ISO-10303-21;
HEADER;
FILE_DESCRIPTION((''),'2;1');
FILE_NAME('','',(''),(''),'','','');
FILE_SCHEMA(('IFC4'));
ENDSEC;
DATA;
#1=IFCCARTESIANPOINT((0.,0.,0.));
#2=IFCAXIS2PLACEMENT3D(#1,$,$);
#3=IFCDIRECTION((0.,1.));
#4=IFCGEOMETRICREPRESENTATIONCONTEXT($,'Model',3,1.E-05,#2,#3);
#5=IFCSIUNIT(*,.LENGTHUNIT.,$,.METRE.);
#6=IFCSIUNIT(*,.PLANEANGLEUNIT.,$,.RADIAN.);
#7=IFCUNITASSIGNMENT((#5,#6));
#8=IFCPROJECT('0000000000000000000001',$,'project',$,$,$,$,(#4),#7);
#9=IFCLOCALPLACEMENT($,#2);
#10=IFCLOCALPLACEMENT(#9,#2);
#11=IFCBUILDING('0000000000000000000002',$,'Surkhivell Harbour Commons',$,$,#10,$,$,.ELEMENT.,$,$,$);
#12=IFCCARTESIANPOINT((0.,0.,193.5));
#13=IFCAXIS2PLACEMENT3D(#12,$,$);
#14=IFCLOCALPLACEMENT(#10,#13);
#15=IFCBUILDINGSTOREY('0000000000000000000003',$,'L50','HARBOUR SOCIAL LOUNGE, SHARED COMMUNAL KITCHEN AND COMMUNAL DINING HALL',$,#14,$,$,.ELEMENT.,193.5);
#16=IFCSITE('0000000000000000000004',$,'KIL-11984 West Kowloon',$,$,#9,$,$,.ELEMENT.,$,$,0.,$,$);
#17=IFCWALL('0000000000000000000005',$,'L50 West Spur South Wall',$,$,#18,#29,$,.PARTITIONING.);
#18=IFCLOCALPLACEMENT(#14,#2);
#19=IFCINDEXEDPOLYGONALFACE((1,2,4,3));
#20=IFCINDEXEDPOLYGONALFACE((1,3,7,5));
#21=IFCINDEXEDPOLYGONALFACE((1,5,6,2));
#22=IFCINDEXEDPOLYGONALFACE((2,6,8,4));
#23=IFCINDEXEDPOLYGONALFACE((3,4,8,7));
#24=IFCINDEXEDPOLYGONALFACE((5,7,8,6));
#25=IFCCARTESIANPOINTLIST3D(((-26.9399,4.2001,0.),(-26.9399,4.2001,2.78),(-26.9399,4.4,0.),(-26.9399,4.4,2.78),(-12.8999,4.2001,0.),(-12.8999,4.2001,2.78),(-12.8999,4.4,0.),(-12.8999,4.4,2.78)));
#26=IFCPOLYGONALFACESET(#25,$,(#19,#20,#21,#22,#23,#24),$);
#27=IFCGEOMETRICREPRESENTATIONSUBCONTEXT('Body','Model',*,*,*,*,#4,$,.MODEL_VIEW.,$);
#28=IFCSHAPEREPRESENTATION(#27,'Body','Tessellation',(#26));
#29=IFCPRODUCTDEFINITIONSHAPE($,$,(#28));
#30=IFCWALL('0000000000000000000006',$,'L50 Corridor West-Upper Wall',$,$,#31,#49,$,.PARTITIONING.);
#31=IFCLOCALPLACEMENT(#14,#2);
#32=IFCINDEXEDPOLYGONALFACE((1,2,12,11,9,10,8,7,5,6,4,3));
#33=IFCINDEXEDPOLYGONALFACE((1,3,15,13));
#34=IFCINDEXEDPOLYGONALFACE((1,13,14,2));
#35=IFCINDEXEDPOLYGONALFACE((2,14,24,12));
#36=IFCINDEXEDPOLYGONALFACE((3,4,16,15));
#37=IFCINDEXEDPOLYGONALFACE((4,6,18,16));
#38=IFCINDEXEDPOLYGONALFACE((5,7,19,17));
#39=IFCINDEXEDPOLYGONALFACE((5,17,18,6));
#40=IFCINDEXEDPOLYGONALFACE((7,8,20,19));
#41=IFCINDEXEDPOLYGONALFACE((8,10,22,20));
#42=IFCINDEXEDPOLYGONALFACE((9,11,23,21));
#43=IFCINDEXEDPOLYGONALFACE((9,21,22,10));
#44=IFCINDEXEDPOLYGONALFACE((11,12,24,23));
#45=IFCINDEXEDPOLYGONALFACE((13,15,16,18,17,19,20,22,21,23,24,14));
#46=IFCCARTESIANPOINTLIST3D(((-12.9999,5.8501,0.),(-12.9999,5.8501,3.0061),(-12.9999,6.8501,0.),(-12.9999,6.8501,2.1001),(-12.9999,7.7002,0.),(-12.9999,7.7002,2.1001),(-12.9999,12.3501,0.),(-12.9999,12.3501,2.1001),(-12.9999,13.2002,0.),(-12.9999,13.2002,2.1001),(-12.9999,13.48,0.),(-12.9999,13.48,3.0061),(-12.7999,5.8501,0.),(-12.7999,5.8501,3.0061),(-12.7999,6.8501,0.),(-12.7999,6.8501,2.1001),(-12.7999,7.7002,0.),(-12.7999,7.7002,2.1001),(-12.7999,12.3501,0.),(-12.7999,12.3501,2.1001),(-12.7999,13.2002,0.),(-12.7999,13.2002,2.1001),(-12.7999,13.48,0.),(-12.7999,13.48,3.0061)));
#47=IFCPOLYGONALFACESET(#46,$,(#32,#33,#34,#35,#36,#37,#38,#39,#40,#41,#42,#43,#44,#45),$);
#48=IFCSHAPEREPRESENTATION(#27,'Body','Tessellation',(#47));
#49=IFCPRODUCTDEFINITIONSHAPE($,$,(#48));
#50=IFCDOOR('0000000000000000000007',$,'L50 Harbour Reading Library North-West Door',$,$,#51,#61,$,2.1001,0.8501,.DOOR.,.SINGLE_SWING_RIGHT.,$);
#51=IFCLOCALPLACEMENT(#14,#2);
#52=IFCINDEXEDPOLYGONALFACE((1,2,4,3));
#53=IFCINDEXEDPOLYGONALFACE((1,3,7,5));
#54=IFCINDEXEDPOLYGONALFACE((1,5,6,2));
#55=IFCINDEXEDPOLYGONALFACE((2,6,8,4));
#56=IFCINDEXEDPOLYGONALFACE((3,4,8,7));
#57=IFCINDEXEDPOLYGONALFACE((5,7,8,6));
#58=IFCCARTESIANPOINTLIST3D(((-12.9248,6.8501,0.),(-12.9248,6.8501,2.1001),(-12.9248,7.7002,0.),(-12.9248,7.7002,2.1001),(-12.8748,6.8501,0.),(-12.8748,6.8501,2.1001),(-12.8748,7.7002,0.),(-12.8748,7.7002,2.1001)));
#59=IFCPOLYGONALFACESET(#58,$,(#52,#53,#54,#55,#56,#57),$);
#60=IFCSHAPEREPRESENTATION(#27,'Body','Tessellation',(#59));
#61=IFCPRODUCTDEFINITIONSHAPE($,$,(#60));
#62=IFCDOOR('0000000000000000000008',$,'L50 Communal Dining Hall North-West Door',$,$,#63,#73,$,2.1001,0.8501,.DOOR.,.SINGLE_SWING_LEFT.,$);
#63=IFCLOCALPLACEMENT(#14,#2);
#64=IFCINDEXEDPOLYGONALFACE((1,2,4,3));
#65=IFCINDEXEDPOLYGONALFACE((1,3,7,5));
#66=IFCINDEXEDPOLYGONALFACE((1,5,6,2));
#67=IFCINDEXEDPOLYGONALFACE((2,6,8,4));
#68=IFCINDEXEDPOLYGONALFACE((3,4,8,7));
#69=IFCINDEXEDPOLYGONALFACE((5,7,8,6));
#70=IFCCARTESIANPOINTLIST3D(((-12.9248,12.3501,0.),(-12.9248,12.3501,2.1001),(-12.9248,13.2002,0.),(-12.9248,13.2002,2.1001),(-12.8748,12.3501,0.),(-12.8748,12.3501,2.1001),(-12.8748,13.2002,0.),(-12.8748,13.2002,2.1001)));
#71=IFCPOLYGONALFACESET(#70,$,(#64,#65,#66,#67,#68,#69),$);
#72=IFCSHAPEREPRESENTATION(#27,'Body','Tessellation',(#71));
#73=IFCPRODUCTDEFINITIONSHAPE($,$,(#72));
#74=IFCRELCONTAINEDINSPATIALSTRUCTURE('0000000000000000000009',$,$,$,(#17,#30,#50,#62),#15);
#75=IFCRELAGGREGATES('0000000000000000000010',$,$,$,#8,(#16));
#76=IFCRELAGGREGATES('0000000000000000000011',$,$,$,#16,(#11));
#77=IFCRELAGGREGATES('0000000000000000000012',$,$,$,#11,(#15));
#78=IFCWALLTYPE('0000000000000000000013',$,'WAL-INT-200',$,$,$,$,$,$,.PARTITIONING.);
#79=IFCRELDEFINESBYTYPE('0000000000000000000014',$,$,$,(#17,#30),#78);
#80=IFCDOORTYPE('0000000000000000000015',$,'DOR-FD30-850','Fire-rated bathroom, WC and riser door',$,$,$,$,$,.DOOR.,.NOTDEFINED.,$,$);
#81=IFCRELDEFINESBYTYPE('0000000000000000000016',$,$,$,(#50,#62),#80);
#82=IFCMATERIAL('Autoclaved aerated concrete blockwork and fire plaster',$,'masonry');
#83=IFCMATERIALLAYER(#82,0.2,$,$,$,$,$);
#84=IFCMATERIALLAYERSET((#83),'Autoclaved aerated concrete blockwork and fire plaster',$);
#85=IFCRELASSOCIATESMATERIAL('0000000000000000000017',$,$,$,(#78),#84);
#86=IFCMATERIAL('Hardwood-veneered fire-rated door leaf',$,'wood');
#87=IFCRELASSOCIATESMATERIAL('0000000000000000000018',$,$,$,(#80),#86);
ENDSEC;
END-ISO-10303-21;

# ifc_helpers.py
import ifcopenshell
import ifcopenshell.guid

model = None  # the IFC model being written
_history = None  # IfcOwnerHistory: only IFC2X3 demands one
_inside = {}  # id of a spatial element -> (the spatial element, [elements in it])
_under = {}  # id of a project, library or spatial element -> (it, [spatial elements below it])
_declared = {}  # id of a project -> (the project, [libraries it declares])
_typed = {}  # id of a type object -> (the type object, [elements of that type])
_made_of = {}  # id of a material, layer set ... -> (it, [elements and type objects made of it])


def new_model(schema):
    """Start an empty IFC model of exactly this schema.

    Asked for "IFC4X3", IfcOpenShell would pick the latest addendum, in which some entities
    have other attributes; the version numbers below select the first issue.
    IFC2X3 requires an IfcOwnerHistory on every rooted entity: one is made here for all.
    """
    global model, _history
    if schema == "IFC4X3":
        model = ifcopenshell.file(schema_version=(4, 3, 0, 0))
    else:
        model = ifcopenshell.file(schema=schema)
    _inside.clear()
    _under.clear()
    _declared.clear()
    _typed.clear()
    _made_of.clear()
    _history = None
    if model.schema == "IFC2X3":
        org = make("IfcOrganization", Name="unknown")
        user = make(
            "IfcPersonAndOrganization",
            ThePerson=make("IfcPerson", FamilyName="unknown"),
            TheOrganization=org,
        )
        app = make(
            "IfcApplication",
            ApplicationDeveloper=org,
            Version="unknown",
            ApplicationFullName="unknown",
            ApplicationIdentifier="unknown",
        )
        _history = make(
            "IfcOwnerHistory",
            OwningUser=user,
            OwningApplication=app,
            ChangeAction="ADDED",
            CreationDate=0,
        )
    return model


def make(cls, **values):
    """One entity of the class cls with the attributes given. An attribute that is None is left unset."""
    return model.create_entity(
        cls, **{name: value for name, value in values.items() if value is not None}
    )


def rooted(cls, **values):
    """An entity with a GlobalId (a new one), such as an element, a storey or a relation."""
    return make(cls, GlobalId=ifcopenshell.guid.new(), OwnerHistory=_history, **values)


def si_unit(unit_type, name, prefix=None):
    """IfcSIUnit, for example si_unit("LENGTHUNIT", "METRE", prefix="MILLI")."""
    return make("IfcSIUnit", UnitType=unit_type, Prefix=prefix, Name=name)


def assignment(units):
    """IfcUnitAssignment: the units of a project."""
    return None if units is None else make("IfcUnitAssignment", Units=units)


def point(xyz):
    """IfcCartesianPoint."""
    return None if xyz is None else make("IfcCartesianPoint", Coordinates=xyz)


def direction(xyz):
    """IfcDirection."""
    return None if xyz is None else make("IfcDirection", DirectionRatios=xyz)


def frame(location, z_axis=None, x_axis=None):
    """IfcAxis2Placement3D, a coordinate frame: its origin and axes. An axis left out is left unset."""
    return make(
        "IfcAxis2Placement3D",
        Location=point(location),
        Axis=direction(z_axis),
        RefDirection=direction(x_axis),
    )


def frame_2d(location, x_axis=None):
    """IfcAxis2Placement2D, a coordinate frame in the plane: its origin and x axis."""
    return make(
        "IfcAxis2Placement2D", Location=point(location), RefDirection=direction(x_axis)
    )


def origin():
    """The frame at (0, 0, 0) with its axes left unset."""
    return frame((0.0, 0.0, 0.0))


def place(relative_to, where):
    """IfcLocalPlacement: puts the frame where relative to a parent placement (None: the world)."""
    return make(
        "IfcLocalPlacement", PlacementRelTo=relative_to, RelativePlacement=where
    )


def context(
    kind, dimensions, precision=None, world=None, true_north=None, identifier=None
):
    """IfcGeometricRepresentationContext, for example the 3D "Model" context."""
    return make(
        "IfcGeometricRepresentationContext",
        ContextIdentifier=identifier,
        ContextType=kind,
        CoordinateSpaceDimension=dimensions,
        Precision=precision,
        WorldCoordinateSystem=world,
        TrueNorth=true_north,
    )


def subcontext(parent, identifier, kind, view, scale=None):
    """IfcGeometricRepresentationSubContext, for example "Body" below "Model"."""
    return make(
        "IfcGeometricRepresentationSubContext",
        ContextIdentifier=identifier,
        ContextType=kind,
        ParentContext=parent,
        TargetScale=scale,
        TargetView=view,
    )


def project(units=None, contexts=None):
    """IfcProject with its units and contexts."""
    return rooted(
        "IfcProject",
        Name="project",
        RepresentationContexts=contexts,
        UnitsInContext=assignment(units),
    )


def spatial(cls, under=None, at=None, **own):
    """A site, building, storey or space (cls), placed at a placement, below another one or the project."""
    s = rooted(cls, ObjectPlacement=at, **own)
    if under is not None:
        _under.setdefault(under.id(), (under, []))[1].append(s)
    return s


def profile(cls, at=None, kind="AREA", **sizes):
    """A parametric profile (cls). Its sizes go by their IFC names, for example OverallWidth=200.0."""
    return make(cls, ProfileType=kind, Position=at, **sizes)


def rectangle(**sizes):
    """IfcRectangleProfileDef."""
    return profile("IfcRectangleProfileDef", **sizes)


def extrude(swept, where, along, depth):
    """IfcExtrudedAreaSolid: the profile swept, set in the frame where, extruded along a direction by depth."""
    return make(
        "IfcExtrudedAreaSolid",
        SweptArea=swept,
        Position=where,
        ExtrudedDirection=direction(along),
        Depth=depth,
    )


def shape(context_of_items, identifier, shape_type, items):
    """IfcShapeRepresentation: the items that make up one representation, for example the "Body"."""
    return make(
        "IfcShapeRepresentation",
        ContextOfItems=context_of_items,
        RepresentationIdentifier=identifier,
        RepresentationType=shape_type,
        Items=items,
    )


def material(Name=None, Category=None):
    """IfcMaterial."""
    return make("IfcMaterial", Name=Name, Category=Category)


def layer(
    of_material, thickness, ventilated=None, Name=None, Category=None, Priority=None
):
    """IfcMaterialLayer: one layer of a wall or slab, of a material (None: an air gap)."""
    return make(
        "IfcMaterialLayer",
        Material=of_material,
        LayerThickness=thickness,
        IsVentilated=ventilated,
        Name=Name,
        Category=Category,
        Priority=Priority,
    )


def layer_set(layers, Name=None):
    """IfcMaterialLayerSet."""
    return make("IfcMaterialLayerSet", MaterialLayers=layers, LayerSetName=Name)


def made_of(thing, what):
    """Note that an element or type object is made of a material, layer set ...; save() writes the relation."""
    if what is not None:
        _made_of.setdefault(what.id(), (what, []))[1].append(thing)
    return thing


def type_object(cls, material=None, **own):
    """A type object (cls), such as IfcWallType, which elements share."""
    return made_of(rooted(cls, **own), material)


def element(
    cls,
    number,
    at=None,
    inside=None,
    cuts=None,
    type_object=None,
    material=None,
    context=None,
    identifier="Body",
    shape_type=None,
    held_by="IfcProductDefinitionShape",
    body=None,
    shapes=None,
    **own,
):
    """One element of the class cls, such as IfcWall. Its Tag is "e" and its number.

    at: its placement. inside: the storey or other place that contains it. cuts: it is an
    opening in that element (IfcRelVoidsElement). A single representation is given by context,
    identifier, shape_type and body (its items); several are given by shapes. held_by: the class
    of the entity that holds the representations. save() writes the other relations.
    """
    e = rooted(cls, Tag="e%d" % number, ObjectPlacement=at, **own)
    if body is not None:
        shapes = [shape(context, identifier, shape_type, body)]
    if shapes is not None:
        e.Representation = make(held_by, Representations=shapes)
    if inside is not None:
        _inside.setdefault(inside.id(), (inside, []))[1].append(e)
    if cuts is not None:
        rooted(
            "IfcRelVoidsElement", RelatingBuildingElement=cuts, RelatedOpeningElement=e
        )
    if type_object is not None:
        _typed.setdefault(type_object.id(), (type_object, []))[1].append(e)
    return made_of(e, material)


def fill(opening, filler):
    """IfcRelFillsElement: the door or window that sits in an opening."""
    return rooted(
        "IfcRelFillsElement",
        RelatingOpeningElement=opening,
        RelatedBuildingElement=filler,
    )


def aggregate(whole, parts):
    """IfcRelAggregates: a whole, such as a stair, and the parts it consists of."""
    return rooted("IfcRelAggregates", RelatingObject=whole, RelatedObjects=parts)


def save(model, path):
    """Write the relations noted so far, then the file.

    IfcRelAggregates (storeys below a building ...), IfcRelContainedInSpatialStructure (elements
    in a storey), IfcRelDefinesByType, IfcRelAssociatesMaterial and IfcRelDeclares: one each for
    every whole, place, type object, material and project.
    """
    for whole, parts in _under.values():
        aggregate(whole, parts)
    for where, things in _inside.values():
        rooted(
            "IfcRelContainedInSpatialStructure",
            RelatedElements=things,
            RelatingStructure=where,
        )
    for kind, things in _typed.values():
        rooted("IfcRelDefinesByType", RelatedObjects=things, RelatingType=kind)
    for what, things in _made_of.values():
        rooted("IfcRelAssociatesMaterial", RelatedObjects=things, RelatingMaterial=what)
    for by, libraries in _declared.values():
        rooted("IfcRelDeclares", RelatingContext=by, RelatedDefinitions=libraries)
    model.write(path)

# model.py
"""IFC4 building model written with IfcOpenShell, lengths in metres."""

from ifc_helpers import new_model, si_unit, direction, frame, frame_2d, origin, place, context, subcontext, project, spatial, rectangle, extrude, material, layer, layer_set, type_object, element, fill, save


model = new_model("IFC4")

# Units and contexts
model_context = context("Model", 3, precision=1e-05, world=origin(), true_north=direction((0.0, 1.0)))
body_context = subcontext(model_context, "Body", "Model", "MODEL_VIEW")
ifc_project = project(units=[si_unit("LENGTHUNIT", "METRE"), si_unit("PLANEANGLEUNIT", "RADIAN")], contexts=[model_context])

# Site, building, storey
site_placement = place(None, origin())
site = spatial("IfcSite", under=ifc_project, at=site_placement, Name="KIL-11984 West Kowloon", CompositionType="ELEMENT", RefElevation=0.0)
building_placement = place(site_placement, origin())
building = spatial("IfcBuilding", under=site, at=building_placement, Name="Surkhivell Harbour Commons", CompositionType="ELEMENT")
storey_placement = place(building_placement, frame((0.0, 0.0, 193.5)))
storey = spatial("IfcBuildingStorey", under=building, at=storey_placement, Name="L50", Description="HARBOUR SOCIAL LOUNGE, SHARED COMMUNAL KITCHEN AND COMMUNAL DINING HALL", CompositionType="ELEMENT", Elevation=193.5)

# Shared definitions
ifc_material_1 = material(Name="Hardwood-veneered fire-rated door leaf", Category="wood")

# Wall
ifc_material_2 = material(Name="Autoclaved aerated concrete blockwork and fire plaster", Category="masonry")
ifc_layer_1 = layer(ifc_material_2, 0.2)
ifc_layer_set_1 = layer_set([ifc_layer_1], Name="Autoclaved aerated concrete blockwork and fire plaster")
wall_type_1 = type_object("IfcWallType", Name="WAL-INT-200", PredefinedType="PARTITIONING", material=ifc_layer_set_1)
for number, where, z_axis, x_axis, name in (
    (1, (-26.9399, 4.3, 0.0), (0.0, 0.0, 1.0), (1.0, 0.0, 0.0), "L50 West Spur South Wall"),
):
    element("IfcWall", number, at=place(storey_placement, frame(where, z_axis=z_axis, x_axis=x_axis)), inside=storey, type_object=wall_type_1, Name=name, PredefinedType="PARTITIONING", context=body_context, shape_type="SweptSolid", body=[
        extrude(rectangle(XDim=14.04, YDim=0.2, at=frame_2d((7.02, 0.0))), origin(), (0.0, 0.0, 1.0), 2.78),
    ])

# Wall, openings, doors
wall_1_placement = place(storey_placement, frame((-12.8999, 5.8501, 0.0), z_axis=(0.0, 0.0, 1.0), x_axis=(0.0, 1.0, 0.0)))
wall_1 = element("IfcWall", 2, at=wall_1_placement, inside=storey, type_object=wall_type_1, Name="L50 Corridor West-Upper Wall", PredefinedType="PARTITIONING", context=body_context, shape_type="SweptSolid", body=[
    extrude(rectangle(XDim=7.6299, YDim=0.2, at=frame_2d((3.8149, 0.0))), origin(), (0.0, 0.0, 1.0), 3.0061),
])
opening_1_placement = place(wall_1_placement, frame((1.0, 0.0, 0.0)))
opening_1 = element("IfcOpeningElement", 3, at=opening_1_placement, cuts=wall_1, PredefinedType="OPENING", context=body_context, shape_type="SweptSolid", body=[
    extrude(rectangle(XDim=0.8501, YDim=2.1001, at=frame_2d((0.425, 1.05))), frame((0.0, 0.1099, 0.0), z_axis=(0.0, -1.0, 0.0), x_axis=(1.0, 0.0, 0.0)), (0.0, 0.0, 1.0), 0.22),
])
opening_2_placement = place(wall_1_placement, frame((6.5, 0.0, 0.0)))
opening_2 = element("IfcOpeningElement", 4, at=opening_2_placement, cuts=wall_1, PredefinedType="OPENING", context=body_context, shape_type="SweptSolid", body=[
    extrude(rectangle(XDim=0.8501, YDim=2.1001, at=frame_2d((0.425, 1.05))), frame((0.0, 0.1099, 0.0), z_axis=(0.0, -1.0, 0.0), x_axis=(1.0, 0.0, 0.0)), (0.0, 0.0, 1.0), 0.22),
])
door_type_1 = type_object("IfcDoorType", Name="DOR-FD30-850", Description="Fire-rated bathroom, WC and riser door", OperationType="NOTDEFINED", PredefinedType="DOOR", material=ifc_material_1)
door_1_placement = place(opening_1_placement, origin())
door_1 = element("IfcDoor", 5, at=door_1_placement, inside=storey, type_object=door_type_1, Name="L50 Harbour Reading Library North-West Door", OperationType="SINGLE_SWING_RIGHT", OverallHeight=2.1001, OverallWidth=0.8501, PredefinedType="DOOR", context=body_context, shape_type="SweptSolid", body=[
    extrude(rectangle(XDim=0.8501, YDim=2.1001, at=frame_2d((0.425, 1.05))), frame((0.0, 0.0249, 0.0), z_axis=(0.0, -1.0, 0.0), x_axis=(1.0, 0.0, 0.0)), (0.0, 0.0, 1.0), 0.05),
])
fill(opening_1, door_1)
door_2_placement = place(opening_2_placement, origin())
door_2 = element("IfcDoor", 6, at=door_2_placement, inside=storey, type_object=door_type_1, Name="L50 Communal Dining Hall North-West Door", OperationType="SINGLE_SWING_LEFT", OverallHeight=2.1001, OverallWidth=0.8501, PredefinedType="DOOR", context=body_context, shape_type="SweptSolid", body=[
    extrude(rectangle(XDim=0.8501, YDim=2.1001, at=frame_2d((0.425, 1.05))), frame((0.0, 0.0249, 0.0), z_axis=(0.0, -1.0, 0.0), x_axis=(1.0, 0.0, 0.0)), (0.0, 0.0, 1.0), 0.05),
])
fill(opening_2, door_2)

save(model, "model.ifc")
